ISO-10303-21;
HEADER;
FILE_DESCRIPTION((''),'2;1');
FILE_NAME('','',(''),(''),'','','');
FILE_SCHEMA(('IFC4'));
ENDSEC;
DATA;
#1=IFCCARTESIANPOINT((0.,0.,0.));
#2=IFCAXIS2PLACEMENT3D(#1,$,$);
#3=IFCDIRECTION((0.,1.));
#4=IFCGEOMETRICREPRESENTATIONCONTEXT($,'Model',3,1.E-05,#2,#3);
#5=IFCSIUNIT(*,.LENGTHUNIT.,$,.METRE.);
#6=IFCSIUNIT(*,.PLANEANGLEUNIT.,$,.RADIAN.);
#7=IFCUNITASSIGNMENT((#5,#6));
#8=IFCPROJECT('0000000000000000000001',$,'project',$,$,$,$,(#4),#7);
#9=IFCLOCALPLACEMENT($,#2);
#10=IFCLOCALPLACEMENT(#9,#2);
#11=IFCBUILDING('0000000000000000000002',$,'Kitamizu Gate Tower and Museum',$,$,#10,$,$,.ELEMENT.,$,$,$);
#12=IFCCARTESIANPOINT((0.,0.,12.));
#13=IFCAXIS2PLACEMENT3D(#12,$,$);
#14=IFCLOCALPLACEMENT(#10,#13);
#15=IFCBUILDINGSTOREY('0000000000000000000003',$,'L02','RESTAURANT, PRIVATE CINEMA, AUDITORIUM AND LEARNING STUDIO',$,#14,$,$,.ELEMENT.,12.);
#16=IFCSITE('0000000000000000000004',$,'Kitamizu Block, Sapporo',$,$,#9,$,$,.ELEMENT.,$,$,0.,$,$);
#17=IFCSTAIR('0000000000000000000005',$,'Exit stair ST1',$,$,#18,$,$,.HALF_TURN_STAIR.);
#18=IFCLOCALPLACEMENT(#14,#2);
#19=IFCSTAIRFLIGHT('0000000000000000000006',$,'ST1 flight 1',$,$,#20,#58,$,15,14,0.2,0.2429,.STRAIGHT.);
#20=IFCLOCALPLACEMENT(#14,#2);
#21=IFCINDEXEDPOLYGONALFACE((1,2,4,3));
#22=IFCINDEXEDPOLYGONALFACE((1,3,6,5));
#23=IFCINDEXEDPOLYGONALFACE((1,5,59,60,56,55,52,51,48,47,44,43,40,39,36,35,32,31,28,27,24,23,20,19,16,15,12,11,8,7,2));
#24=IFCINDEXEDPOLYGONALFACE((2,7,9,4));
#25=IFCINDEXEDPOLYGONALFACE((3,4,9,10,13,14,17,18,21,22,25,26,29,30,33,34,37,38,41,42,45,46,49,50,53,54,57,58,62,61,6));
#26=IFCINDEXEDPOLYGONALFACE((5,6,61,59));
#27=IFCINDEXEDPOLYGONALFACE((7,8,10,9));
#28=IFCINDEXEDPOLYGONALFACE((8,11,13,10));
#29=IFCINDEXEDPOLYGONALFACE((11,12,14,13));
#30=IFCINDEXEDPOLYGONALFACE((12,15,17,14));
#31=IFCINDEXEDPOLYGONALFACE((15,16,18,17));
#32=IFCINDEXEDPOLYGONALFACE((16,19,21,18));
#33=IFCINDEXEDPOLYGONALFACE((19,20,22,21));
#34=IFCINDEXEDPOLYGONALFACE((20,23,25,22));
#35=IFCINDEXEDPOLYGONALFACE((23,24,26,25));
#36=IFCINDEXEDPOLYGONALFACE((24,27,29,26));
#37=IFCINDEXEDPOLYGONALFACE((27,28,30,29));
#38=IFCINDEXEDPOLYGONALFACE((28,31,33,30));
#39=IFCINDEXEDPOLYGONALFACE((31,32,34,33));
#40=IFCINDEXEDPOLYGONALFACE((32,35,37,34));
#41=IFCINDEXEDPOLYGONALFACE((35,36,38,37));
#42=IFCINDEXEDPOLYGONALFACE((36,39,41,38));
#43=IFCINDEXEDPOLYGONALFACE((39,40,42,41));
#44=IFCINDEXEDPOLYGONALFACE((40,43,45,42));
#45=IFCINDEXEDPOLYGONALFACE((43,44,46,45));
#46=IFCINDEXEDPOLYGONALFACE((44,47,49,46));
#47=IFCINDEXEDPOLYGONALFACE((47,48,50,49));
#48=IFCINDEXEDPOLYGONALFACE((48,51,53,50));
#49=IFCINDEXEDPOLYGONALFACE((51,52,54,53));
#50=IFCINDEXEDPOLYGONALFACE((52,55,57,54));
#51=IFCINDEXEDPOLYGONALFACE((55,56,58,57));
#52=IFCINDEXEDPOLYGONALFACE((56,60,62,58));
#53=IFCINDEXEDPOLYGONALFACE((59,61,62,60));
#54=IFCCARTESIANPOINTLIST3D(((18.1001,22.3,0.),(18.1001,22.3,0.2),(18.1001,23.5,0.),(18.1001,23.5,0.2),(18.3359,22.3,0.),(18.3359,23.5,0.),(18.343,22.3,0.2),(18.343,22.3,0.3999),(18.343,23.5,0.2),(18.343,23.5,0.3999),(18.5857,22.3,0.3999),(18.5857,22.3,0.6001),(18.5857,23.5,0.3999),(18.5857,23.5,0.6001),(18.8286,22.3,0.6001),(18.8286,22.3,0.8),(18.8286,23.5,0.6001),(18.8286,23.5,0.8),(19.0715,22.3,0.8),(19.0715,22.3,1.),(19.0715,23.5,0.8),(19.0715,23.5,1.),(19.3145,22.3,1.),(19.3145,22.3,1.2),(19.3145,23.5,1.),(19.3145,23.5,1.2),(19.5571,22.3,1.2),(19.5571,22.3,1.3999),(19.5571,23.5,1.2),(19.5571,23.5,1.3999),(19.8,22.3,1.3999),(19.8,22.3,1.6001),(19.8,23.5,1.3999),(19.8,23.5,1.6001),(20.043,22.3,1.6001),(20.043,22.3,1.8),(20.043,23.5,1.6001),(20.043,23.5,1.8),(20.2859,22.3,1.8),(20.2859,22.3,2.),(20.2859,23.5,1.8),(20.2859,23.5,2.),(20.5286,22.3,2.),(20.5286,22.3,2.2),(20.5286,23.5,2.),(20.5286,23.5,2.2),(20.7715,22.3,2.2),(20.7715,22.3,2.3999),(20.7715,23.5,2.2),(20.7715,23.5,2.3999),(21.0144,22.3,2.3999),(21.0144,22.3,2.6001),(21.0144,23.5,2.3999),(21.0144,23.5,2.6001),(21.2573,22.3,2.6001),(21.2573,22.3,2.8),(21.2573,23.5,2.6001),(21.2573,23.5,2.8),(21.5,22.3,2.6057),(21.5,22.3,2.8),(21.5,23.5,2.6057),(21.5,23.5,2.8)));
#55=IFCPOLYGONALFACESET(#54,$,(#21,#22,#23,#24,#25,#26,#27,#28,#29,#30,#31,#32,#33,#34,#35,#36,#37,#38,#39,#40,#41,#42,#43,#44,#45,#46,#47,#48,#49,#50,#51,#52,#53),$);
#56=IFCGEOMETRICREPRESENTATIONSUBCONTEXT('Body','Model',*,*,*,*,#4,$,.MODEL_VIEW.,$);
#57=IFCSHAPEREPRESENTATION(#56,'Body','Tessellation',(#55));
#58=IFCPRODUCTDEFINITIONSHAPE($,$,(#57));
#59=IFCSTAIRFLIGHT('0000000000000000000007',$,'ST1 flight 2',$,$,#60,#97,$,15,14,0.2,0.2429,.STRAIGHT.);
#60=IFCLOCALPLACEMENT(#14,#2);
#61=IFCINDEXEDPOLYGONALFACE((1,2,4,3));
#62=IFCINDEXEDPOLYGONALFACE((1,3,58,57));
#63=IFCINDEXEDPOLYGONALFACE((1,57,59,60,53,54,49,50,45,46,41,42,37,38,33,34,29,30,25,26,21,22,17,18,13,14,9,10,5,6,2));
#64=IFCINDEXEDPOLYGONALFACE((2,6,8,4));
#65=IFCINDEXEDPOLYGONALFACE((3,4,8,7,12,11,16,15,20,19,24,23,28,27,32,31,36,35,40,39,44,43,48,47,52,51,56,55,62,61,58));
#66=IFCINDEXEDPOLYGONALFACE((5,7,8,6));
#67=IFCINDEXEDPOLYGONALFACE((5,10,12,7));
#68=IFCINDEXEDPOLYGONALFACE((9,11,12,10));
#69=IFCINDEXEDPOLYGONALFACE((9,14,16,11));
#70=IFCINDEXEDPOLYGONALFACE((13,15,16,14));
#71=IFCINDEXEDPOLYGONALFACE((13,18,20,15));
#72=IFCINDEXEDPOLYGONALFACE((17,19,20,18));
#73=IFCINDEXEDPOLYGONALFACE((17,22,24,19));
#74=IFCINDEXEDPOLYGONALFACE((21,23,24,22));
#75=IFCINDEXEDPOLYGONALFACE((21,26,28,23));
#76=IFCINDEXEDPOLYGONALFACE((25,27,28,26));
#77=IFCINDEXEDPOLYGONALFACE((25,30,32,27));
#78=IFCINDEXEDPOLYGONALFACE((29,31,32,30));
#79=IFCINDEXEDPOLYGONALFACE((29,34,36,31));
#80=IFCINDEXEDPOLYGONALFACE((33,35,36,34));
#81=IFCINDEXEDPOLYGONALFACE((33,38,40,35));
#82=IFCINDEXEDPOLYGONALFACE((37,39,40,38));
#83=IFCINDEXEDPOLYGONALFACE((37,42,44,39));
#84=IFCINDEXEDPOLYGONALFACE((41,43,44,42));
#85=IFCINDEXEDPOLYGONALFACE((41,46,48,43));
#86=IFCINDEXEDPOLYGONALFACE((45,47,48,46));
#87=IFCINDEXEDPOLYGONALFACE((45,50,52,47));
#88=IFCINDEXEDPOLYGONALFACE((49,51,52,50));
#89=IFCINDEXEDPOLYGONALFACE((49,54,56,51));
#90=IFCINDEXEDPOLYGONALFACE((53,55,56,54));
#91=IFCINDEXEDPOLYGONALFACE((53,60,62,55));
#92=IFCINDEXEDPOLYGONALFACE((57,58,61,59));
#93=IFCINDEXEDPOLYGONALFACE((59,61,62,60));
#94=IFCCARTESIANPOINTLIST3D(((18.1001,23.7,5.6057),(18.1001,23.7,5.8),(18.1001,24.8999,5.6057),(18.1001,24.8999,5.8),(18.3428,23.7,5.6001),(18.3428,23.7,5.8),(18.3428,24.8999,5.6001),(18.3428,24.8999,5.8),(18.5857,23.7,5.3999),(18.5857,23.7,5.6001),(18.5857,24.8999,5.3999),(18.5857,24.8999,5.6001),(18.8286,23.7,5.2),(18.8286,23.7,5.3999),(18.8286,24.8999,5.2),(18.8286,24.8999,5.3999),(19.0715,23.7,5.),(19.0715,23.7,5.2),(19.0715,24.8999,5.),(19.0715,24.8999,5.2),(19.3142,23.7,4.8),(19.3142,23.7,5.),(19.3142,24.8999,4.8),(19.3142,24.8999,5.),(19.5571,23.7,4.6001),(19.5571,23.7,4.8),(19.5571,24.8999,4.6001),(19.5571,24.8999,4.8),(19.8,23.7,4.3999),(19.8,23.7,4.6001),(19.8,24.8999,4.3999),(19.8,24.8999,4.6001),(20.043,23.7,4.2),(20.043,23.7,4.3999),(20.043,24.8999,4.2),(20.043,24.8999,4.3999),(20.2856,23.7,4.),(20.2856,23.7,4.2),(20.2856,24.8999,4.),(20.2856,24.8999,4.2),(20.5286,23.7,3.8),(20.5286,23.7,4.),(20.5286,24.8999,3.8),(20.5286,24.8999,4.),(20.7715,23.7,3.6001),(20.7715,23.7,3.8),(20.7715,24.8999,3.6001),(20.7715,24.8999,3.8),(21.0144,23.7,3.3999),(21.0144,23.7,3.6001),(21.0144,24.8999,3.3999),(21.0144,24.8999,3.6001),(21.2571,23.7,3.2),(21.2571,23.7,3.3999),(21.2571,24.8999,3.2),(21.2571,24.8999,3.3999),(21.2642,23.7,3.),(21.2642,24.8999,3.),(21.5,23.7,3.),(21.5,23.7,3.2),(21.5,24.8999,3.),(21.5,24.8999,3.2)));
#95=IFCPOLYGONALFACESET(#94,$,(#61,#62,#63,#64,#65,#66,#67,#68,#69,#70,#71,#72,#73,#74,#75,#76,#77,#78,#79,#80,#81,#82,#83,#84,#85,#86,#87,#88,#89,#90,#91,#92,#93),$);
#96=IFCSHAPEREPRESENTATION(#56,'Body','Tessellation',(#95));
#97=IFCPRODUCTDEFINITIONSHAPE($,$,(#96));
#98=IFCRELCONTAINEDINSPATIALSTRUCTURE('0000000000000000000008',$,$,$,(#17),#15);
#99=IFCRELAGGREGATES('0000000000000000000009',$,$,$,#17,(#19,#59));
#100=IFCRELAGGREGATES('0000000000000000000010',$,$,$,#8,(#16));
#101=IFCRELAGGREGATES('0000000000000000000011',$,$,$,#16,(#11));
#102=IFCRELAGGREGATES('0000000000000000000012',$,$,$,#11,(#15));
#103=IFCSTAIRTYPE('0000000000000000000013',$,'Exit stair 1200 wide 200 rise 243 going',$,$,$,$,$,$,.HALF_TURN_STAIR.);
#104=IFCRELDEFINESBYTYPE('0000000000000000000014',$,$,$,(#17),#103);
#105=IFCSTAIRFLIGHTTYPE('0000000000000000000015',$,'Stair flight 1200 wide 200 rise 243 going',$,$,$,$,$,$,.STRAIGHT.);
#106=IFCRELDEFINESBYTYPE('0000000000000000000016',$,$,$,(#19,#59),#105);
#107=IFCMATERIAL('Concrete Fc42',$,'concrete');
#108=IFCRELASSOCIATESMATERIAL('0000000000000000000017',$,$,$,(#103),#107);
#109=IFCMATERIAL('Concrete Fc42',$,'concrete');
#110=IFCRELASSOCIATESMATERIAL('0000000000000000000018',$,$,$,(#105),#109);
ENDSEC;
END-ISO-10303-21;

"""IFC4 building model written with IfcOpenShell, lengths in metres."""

from ifc_helpers import new_model, si_unit, direction, frame, origin, place, context, subcontext, project, spatial, polyline, outline, extrude, material, type_object, element, aggregate, save


model = new_model("IFC4")

# Units and contexts
model_context = context("Model", 3, precision=1e-05, world=origin(), true_north=direction((0.0, 1.0)))
body_context = subcontext(model_context, "Body", "Model", "MODEL_VIEW")
ifc_project = project(units=[si_unit("LENGTHUNIT", "METRE"), si_unit("PLANEANGLEUNIT", "RADIAN")], contexts=[model_context])

# Site, building, storey
site_placement = place(None, origin())
site = spatial("IfcSite", under=ifc_project, at=site_placement, Name="Kitamizu Block, Sapporo", CompositionType="ELEMENT", RefElevation=0.0)
building_placement = place(site_placement, origin())
building = spatial("IfcBuilding", under=site, at=building_placement, Name="Kitamizu Gate Tower and Museum", CompositionType="ELEMENT")
storey_placement = place(building_placement, frame((0.0, 0.0, 12.0)))
storey = spatial("IfcBuildingStorey", under=building, at=storey_placement, Name="L02", Description="RESTAURANT, PRIVATE CINEMA, AUDITORIUM AND LEARNING STUDIO", CompositionType="ELEMENT", Elevation=12.0)

# Stair, stair flights
ifc_material_1 = material(Name="Concrete Fc42", Category="concrete")
stair_type = type_object("IfcStairType", Name="Exit stair 1200 wide 200 rise 243 going", PredefinedType="HALF_TURN_STAIR", material=ifc_material_1)
stair_placement = place(storey_placement, origin())
stair = element("IfcStair", 1, at=stair_placement, inside=storey, type_object=stair_type, Name="Exit stair ST1", PredefinedType="HALF_TURN_STAIR")
ifc_material_2 = material(Name="Concrete Fc42", Category="concrete")
stair_flight_type = type_object("IfcStairFlightType", Name="Stair flight 1200 wide 200 rise 243 going", PredefinedType="STRAIGHT", material=ifc_material_2)
stair_flight_1_placement = place(storey_placement, frame((18.1001, 22.8999, 0.0), z_axis=(0.0, 0.0, 1.0), x_axis=(1.0, 0.0, 0.0)))
stair_flight_1 = element("IfcStairFlight", 2, at=stair_flight_1_placement, type_object=stair_flight_type, Name="ST1 flight 1", NumberOfRisers=15, NumberOfTreads=14, PredefinedType="STRAIGHT", RiserHeight=0.2, TreadLength=0.2429, context=body_context, shape_type="SweptSolid", body=[
    extrude(outline(polyline([(0.0, 0.0), (0.0, 0.2), (0.2429, 0.2), (0.2429, 0.3999), (0.4856, 0.3999), (0.4856, 0.6001), (0.7285, 0.6001), (0.7285, 0.8), (0.9714, 0.8), (0.9714, 1.0), (1.2144, 1.0), (1.2144, 1.2), (1.457, 1.2), (1.457, 1.3999), (1.7, 1.3999), (1.7, 1.6001), (1.9429, 1.6001), (1.9429, 1.8), (2.1858, 1.8), (2.1858, 2.0), (2.4285, 2.0), (2.4285, 2.2), (2.6714, 2.2), (2.6714, 2.3999), (2.9143, 2.3999), (2.9143, 2.6001), (3.1572, 2.6001), (3.1572, 2.8), (3.3999, 2.8), (3.3999, 3.0), (3.3999, 2.6057), (0.2358, 0.0), (0.0, 0.0)])), frame((0.0, 0.6001, 0.0), z_axis=(0.0, -1.0, 0.0), x_axis=(1.0, 0.0, 0.0)), (0.0, 0.0, 1.0), 1.2),
])
stair_flight_2_placement = place(storey_placement, frame((21.5, 24.3, 3.0), z_axis=(0.0, 0.0, 1.0), x_axis=(-1.0, 0.0, 0.0)))
stair_flight_2 = element("IfcStairFlight", 3, at=stair_flight_2_placement, type_object=stair_flight_type, Name="ST1 flight 2", NumberOfRisers=15, NumberOfTreads=14, PredefinedType="STRAIGHT", RiserHeight=0.2, TreadLength=0.2429, context=body_context, shape_type="SweptSolid", body=[
    extrude(outline(polyline([(0.0, 0.0), (0.0, 0.2), (0.2429, 0.2), (0.2429, 0.3999), (0.4856, 0.3999), (0.4856, 0.6001), (0.7285, 0.6001), (0.7285, 0.8), (0.9714, 0.8), (0.9714, 1.0), (1.2144, 1.0), (1.2144, 1.2), (1.457, 1.2), (1.457, 1.3999), (1.7, 1.3999), (1.7, 1.6001), (1.9429, 1.6001), (1.9429, 1.8), (2.1858, 1.8), (2.1858, 2.0), (2.4285, 2.0), (2.4285, 2.2), (2.6714, 2.2), (2.6714, 2.3999), (2.9143, 2.3999), (2.9143, 2.6001), (3.1572, 2.6001), (3.1572, 2.8), (3.3999, 2.8), (3.3999, 3.0), (3.3999, 2.6057), (0.2358, 0.0), (0.0, 0.0)])), frame((0.0, 0.6001, 0.0), z_axis=(0.0, -1.0, 0.0), x_axis=(1.0, 0.0, 0.0)), (0.0, 0.0, 1.0), 1.2),
])
aggregate(stair, [stair_flight_1, stair_flight_2])

save(model, "model.ifc")
